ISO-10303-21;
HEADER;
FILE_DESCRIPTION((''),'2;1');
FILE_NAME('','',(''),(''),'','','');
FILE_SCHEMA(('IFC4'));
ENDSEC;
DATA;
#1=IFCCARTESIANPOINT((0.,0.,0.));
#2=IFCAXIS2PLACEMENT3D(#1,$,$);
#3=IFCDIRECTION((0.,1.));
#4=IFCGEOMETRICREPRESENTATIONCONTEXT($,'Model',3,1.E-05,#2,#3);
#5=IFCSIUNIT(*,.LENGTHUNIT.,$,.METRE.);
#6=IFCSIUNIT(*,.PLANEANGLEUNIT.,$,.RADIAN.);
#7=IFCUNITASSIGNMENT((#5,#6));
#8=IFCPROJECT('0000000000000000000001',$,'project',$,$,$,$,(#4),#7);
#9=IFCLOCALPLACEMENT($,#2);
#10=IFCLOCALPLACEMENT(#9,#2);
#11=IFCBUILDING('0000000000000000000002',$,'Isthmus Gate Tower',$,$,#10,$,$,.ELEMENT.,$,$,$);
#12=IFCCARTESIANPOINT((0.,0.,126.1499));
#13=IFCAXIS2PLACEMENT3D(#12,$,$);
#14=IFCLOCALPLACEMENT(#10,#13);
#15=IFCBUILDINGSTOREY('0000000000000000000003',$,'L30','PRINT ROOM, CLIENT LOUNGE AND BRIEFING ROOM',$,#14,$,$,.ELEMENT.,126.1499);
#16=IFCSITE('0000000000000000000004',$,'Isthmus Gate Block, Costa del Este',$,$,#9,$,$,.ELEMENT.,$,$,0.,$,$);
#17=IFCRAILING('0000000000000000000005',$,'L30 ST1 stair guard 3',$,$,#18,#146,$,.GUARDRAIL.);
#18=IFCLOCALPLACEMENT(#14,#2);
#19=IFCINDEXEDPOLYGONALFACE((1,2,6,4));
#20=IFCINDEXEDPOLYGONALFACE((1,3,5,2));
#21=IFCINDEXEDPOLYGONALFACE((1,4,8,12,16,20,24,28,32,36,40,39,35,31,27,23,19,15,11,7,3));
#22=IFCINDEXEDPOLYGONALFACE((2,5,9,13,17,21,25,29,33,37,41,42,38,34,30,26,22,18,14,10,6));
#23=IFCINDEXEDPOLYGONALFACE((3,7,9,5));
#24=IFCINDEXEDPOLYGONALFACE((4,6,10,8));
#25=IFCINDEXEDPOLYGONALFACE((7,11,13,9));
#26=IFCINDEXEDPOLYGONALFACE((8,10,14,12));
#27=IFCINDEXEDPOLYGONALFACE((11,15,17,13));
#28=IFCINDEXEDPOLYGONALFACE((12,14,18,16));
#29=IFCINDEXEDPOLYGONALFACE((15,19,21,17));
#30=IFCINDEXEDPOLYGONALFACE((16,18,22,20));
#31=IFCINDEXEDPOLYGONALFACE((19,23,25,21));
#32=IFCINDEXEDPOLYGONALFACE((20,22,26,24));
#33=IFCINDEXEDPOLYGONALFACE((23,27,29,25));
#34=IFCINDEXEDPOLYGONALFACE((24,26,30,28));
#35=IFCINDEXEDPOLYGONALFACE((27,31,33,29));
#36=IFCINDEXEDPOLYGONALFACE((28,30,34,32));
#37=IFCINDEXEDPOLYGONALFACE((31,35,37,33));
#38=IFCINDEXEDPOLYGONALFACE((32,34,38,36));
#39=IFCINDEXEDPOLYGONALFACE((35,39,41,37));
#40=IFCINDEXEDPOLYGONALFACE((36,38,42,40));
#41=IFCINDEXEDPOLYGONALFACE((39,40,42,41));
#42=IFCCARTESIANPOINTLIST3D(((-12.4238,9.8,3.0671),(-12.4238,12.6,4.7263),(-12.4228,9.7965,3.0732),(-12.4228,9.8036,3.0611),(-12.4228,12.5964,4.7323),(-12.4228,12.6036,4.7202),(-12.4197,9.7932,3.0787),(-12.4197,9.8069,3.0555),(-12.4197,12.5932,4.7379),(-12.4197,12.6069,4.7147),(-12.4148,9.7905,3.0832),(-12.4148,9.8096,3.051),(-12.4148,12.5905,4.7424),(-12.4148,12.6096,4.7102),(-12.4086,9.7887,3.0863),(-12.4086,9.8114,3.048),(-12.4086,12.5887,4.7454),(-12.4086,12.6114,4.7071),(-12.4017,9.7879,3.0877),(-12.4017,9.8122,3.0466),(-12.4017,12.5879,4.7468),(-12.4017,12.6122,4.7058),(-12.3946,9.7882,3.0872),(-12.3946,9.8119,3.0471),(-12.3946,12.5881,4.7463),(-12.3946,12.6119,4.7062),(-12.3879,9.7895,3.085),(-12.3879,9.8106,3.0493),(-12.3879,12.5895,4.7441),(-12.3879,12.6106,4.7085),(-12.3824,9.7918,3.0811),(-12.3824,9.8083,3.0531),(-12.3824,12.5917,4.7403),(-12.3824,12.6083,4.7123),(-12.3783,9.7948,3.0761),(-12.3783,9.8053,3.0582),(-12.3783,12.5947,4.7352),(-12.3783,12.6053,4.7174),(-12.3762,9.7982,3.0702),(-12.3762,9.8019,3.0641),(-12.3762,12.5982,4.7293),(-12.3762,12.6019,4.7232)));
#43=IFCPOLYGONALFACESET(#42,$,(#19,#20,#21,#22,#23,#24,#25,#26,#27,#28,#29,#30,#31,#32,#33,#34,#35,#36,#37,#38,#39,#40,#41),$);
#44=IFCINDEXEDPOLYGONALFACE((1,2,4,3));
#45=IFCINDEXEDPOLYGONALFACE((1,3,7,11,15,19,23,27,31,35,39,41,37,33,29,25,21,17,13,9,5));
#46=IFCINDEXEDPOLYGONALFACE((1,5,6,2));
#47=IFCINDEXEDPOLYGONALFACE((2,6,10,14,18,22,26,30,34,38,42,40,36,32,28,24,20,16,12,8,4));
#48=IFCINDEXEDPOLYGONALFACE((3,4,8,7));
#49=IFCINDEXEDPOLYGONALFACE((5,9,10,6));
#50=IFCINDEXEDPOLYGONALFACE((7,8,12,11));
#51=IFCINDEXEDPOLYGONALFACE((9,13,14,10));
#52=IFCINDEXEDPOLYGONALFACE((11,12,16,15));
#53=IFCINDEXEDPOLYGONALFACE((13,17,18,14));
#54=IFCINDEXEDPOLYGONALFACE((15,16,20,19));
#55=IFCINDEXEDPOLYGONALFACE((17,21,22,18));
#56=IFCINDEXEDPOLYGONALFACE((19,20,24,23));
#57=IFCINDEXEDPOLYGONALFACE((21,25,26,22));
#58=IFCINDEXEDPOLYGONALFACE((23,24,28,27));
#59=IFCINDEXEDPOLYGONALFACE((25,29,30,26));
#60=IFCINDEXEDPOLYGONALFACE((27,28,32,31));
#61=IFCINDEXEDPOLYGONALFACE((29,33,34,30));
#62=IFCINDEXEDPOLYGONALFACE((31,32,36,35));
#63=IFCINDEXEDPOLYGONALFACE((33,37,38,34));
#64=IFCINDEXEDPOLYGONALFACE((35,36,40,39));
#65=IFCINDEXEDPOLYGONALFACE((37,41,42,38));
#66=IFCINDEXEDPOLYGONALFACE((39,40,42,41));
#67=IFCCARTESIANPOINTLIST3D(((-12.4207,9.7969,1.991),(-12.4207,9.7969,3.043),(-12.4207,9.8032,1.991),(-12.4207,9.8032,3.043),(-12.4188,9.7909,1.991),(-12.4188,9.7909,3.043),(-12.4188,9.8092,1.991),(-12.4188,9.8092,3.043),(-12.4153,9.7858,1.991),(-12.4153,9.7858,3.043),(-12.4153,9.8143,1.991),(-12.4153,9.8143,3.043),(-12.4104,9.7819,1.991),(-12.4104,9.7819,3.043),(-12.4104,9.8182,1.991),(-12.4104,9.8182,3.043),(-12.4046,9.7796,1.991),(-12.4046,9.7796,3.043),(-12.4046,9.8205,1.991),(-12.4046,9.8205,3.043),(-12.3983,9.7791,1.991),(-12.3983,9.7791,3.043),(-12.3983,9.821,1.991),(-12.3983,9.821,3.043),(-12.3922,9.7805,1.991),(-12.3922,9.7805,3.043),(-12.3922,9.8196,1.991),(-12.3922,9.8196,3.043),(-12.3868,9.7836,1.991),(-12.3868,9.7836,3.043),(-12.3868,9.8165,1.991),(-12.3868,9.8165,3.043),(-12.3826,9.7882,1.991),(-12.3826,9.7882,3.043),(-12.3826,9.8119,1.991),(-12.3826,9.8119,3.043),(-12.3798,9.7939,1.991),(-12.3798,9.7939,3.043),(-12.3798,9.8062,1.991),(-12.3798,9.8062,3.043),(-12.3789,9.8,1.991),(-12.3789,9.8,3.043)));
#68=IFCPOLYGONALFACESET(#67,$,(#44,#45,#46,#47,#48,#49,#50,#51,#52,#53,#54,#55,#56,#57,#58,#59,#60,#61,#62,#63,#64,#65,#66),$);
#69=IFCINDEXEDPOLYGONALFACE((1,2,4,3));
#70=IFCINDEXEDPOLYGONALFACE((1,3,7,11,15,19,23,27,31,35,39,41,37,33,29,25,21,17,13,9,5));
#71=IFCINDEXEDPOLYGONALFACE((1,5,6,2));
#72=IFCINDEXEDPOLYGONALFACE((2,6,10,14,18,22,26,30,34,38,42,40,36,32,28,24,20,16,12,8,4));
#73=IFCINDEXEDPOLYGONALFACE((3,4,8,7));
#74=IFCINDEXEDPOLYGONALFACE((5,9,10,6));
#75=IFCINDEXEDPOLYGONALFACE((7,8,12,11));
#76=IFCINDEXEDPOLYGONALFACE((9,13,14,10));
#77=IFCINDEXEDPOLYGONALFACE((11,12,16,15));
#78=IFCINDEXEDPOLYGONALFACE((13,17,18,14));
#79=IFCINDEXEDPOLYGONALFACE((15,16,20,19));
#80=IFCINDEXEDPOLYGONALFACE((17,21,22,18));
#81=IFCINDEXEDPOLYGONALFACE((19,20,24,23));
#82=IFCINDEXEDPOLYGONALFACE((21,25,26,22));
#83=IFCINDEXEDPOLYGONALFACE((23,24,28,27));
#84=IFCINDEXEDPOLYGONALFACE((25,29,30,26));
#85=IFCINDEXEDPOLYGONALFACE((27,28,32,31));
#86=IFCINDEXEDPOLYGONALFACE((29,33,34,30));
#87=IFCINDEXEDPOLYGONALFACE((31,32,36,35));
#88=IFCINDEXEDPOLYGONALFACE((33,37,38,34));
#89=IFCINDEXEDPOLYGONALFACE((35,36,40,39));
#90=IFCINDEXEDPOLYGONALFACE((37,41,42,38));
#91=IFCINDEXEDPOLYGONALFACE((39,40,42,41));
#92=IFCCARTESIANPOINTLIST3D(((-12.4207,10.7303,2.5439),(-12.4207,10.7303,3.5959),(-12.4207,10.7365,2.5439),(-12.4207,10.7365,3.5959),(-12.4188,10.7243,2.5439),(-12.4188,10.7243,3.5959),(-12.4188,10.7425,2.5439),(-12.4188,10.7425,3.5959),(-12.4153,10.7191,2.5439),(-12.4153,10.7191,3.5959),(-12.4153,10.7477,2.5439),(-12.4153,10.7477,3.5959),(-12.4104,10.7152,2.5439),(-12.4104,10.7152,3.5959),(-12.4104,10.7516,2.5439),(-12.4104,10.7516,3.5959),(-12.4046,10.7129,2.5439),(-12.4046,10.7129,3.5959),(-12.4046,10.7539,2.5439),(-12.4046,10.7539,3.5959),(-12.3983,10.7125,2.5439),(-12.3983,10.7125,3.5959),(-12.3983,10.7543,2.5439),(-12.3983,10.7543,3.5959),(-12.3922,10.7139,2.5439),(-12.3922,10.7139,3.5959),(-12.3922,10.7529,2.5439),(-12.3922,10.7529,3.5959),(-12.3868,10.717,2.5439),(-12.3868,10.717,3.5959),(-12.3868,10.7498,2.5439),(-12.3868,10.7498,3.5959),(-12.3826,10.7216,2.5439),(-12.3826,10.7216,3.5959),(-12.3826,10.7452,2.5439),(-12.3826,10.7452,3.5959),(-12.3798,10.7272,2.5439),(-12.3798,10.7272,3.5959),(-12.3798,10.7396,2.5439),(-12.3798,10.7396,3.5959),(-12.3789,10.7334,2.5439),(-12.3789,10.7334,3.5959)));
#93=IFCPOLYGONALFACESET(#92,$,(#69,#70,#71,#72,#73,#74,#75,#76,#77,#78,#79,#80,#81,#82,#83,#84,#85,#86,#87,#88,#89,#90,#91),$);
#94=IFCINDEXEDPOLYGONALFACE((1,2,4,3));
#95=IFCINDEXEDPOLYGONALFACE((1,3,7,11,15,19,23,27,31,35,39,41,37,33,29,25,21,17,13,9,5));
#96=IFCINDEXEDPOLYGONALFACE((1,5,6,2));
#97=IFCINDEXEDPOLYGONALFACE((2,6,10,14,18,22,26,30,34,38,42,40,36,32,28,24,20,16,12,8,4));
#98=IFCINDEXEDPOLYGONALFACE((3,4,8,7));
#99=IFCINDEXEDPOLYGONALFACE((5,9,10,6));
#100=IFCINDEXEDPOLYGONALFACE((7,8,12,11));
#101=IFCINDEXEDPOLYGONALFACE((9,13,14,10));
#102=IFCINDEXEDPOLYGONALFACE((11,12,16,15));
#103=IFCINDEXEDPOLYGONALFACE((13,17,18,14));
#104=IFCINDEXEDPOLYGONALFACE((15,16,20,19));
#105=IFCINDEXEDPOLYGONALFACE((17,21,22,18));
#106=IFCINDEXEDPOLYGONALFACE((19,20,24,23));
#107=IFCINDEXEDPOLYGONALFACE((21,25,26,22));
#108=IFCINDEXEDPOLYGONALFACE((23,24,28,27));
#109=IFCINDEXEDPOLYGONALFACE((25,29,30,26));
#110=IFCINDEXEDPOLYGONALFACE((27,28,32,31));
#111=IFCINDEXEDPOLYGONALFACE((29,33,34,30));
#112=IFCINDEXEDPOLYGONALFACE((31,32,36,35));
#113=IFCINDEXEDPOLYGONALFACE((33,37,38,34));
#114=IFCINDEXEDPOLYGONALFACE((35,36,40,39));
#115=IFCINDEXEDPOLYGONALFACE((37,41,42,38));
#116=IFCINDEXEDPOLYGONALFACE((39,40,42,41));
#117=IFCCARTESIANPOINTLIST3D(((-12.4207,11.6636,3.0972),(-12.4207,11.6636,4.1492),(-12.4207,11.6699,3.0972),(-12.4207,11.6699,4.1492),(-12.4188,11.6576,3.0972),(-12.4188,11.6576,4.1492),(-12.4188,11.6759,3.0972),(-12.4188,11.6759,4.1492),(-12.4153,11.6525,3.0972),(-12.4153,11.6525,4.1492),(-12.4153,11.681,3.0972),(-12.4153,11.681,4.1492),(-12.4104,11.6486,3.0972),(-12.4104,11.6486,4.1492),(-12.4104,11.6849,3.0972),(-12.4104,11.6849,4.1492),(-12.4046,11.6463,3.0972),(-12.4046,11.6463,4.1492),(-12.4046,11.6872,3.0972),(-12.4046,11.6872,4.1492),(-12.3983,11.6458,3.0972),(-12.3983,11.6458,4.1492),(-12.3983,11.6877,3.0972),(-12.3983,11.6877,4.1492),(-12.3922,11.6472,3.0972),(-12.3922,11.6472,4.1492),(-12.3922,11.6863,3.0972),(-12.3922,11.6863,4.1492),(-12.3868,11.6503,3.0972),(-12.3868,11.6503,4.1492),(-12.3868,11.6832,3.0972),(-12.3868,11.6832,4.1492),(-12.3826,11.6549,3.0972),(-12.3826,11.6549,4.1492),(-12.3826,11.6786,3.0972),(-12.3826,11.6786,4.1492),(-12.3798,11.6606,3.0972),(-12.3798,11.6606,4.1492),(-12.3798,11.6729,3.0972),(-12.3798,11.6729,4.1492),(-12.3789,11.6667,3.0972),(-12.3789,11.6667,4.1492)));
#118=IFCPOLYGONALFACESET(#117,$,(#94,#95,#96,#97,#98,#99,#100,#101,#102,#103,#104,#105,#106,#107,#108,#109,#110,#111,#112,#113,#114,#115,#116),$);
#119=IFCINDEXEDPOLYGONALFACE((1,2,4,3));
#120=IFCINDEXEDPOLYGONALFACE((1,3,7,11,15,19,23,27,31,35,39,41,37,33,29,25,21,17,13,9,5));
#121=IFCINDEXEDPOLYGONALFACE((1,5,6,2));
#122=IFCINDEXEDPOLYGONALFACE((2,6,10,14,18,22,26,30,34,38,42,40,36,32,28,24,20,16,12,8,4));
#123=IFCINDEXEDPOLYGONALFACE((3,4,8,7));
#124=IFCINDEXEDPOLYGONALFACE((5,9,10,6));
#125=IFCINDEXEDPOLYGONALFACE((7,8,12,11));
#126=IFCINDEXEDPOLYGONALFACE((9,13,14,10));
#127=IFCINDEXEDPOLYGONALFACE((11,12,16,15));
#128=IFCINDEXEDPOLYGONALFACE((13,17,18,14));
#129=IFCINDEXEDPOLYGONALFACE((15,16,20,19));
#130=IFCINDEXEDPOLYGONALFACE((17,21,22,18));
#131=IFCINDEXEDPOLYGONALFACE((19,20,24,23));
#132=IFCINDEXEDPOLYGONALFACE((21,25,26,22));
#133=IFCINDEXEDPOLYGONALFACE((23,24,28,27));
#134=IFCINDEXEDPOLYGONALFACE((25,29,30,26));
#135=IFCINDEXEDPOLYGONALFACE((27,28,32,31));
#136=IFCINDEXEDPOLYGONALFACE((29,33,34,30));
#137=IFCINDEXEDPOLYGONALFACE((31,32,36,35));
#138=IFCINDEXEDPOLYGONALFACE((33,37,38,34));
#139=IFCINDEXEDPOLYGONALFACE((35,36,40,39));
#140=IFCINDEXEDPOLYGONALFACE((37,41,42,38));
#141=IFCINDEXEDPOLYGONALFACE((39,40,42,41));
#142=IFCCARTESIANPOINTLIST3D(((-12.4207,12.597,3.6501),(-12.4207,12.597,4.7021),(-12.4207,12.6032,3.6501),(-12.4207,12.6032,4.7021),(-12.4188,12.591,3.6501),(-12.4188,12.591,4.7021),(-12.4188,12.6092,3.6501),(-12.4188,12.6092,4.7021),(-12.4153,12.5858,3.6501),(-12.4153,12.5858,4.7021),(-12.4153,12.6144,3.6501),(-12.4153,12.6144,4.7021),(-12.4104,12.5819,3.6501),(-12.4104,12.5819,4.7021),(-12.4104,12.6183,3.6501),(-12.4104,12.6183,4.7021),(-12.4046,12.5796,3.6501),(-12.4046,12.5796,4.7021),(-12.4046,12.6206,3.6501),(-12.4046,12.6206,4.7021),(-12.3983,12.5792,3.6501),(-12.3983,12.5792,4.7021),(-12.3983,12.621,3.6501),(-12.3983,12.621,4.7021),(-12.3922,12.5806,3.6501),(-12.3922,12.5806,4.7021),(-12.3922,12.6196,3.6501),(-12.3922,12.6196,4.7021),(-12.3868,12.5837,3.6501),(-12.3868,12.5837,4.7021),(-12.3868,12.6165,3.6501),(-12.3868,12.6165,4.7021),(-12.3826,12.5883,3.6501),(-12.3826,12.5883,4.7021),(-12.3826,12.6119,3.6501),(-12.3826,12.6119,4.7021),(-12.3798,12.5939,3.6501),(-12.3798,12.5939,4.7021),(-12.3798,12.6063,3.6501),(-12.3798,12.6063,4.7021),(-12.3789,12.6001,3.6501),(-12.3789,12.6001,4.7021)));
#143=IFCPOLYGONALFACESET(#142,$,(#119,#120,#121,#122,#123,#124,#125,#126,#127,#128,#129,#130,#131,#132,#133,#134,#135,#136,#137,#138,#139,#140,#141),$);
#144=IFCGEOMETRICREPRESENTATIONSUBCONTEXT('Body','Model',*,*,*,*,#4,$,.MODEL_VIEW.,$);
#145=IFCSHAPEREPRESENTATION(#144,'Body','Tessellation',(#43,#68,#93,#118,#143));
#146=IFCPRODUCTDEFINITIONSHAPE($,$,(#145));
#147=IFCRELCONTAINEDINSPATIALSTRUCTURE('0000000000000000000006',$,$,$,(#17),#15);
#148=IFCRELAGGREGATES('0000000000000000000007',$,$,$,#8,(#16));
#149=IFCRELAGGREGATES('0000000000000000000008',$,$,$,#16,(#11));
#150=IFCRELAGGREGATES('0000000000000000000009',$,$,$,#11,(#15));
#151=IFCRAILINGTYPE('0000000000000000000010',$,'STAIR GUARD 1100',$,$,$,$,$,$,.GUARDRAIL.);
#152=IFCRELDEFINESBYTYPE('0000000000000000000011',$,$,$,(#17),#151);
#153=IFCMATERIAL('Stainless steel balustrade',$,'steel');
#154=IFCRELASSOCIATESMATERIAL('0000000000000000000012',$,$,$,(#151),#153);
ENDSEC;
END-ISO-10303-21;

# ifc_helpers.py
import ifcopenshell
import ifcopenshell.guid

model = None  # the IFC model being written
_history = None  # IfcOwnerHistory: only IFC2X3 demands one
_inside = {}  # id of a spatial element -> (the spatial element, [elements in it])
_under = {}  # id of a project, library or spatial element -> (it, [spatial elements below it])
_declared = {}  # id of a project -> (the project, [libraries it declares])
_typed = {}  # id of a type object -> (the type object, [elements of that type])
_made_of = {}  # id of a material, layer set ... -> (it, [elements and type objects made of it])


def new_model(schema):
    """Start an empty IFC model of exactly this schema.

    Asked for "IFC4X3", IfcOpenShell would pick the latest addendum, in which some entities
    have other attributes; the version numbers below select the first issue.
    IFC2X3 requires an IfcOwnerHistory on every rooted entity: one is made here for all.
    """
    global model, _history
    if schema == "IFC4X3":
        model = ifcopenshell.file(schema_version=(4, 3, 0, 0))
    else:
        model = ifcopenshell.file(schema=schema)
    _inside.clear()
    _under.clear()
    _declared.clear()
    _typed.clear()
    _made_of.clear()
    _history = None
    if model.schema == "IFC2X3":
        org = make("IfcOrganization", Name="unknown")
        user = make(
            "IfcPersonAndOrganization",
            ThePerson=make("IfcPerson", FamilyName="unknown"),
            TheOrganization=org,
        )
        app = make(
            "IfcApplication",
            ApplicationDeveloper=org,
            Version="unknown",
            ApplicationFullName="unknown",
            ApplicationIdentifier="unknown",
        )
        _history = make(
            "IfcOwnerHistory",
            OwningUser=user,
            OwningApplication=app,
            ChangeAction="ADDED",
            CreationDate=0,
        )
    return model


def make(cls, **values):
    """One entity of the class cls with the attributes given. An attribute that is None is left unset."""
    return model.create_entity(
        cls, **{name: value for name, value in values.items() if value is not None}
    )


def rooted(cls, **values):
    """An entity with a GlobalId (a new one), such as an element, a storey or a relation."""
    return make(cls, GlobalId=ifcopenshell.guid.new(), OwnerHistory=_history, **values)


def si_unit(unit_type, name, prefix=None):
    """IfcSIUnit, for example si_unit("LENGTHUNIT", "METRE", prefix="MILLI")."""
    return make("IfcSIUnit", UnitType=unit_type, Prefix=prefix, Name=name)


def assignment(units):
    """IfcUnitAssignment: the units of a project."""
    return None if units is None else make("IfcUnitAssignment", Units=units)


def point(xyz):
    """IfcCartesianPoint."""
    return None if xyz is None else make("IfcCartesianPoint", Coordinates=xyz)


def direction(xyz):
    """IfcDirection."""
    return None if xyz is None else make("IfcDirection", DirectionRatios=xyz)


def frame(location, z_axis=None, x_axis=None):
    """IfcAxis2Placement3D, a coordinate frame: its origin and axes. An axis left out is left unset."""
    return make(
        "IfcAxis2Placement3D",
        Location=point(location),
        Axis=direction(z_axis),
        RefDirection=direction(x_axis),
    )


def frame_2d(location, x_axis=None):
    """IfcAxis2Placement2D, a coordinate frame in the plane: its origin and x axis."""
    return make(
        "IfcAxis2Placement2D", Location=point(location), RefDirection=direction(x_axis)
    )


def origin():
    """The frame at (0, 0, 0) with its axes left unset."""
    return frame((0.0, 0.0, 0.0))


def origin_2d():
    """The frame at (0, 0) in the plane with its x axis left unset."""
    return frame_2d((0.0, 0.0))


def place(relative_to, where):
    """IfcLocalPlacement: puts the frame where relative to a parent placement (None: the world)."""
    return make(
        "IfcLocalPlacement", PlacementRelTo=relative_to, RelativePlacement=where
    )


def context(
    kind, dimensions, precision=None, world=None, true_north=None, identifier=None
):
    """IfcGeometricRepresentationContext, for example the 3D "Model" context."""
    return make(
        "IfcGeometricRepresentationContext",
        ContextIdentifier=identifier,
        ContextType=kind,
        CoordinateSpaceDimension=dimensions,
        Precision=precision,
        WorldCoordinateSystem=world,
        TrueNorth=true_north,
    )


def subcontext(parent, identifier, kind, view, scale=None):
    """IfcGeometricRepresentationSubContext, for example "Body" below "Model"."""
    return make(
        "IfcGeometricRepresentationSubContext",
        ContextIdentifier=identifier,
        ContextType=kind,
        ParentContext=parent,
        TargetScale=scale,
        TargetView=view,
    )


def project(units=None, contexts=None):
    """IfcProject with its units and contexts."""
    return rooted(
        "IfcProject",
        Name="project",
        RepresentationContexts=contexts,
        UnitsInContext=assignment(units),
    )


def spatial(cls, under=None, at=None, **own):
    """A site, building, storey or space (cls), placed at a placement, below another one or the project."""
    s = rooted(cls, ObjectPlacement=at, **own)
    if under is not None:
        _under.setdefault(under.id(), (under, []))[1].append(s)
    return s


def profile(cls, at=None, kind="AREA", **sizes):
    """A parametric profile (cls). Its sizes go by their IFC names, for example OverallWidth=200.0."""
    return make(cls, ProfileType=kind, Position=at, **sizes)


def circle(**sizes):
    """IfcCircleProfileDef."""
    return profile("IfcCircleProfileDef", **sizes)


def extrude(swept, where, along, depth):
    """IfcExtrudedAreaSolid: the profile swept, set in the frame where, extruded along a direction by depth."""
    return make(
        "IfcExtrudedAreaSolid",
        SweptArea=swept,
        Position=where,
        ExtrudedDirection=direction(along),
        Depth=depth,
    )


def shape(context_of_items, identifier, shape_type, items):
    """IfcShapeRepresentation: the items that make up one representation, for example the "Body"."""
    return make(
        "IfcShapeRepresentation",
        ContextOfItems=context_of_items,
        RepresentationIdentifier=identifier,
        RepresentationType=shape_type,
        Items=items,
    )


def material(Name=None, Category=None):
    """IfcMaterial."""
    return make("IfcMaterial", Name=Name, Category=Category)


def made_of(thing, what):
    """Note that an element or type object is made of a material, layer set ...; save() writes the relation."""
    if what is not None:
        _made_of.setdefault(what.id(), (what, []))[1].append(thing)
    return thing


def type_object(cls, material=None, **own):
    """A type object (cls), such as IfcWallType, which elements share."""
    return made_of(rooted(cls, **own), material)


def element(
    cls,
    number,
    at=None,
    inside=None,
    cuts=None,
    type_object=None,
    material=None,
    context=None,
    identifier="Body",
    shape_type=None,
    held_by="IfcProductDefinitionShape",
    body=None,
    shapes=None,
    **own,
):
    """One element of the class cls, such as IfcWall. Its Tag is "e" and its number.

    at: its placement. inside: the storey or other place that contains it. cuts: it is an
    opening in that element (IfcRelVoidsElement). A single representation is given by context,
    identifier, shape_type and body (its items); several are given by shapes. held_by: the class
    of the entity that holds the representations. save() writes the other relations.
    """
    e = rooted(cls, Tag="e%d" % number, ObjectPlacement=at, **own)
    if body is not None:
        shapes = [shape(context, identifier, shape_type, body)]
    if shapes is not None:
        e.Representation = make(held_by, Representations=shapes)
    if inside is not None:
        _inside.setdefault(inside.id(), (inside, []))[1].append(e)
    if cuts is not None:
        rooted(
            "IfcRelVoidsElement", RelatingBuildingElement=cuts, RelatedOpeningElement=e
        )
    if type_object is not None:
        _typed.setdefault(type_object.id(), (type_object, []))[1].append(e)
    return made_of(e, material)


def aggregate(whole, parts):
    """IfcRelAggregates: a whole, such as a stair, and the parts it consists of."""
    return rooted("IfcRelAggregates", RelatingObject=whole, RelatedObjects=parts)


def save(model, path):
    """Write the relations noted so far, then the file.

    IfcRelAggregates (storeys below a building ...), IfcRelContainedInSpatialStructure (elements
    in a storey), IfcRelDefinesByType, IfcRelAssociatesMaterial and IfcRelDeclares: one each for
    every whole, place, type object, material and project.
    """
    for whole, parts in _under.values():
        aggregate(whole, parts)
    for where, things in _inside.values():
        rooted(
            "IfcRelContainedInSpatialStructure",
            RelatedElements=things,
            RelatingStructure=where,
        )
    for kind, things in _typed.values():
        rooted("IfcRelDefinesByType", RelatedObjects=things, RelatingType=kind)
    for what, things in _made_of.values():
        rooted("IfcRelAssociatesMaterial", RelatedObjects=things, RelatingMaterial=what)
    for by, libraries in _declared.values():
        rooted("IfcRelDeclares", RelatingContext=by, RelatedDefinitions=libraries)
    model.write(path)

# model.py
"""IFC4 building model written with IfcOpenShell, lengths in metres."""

from ifc_helpers import new_model, si_unit, direction, frame, origin, origin_2d, place, context, subcontext, project, spatial, circle, extrude, material, type_object, element, save


model = new_model("IFC4")

# Units and contexts
model_context = context("Model", 3, precision=1e-05, world=origin(), true_north=direction((0.0, 1.0)))
body_context = subcontext(model_context, "Body", "Model", "MODEL_VIEW")
ifc_project = project(units=[si_unit("LENGTHUNIT", "METRE"), si_unit("PLANEANGLEUNIT", "RADIAN")], contexts=[model_context])

# Site, building, storey
site_placement = place(None, origin())
site = spatial("IfcSite", under=ifc_project, at=site_placement, Name="Isthmus Gate Block, Costa del Este", CompositionType="ELEMENT", RefElevation=0.0)
building_placement = place(site_placement, origin())
building = spatial("IfcBuilding", under=site, at=building_placement, Name="Isthmus Gate Tower", CompositionType="ELEMENT")
storey_placement = place(building_placement, frame((0.0, 0.0, 126.1499)))
storey = spatial("IfcBuildingStorey", under=building, at=storey_placement, Name="L30", Description="PRINT ROOM, CLIENT LOUNGE AND BRIEFING ROOM", CompositionType="ELEMENT", Elevation=126.1499)

# Railing
ifc_material_1 = material(Name="Stainless steel balustrade", Category="steel")
railing_type_1 = type_object("IfcRailingType", Name="STAIR GUARD 1100", PredefinedType="GUARDRAIL", material=ifc_material_1)
for number, where, name in (
    (1, (-12.3999, 9.8, 1.991), "L30 ST1 stair guard 3"),
):
    element("IfcRailing", number, at=place(storey_placement, frame(where)), inside=storey, type_object=railing_type_1, Name=name, PredefinedType="GUARDRAIL", context=body_context, shape_type="SweptSolid", body=[
        extrude(circle(Radius=0.0239, at=origin_2d()), frame((0.0, 0.0, 1.0762), z_axis=(0.0, 0.860306, 0.509778), x_axis=(-1.0, 0.0, 0.0)), (0.0, 0.0, 1.0), 3.2546),
        extrude(circle(Radius=0.021, at=origin_2d()), origin(), (0.0, 0.0, 1.0), 1.052),
        extrude(circle(Radius=0.021, at=origin_2d()), frame((0.0, 0.9333, 0.553)), (0.0, 0.0, 1.0), 1.052),
        extrude(circle(Radius=0.021, at=origin_2d()), frame((0.0, 1.8667, 1.1062)), (0.0, 0.0, 1.0), 1.052),
        extrude(circle(Radius=0.021, at=origin_2d()), frame((0.0, 2.8, 1.6592)), (0.0, 0.0, 1.0), 1.052),
    ])

save(model, "model.ifc")
